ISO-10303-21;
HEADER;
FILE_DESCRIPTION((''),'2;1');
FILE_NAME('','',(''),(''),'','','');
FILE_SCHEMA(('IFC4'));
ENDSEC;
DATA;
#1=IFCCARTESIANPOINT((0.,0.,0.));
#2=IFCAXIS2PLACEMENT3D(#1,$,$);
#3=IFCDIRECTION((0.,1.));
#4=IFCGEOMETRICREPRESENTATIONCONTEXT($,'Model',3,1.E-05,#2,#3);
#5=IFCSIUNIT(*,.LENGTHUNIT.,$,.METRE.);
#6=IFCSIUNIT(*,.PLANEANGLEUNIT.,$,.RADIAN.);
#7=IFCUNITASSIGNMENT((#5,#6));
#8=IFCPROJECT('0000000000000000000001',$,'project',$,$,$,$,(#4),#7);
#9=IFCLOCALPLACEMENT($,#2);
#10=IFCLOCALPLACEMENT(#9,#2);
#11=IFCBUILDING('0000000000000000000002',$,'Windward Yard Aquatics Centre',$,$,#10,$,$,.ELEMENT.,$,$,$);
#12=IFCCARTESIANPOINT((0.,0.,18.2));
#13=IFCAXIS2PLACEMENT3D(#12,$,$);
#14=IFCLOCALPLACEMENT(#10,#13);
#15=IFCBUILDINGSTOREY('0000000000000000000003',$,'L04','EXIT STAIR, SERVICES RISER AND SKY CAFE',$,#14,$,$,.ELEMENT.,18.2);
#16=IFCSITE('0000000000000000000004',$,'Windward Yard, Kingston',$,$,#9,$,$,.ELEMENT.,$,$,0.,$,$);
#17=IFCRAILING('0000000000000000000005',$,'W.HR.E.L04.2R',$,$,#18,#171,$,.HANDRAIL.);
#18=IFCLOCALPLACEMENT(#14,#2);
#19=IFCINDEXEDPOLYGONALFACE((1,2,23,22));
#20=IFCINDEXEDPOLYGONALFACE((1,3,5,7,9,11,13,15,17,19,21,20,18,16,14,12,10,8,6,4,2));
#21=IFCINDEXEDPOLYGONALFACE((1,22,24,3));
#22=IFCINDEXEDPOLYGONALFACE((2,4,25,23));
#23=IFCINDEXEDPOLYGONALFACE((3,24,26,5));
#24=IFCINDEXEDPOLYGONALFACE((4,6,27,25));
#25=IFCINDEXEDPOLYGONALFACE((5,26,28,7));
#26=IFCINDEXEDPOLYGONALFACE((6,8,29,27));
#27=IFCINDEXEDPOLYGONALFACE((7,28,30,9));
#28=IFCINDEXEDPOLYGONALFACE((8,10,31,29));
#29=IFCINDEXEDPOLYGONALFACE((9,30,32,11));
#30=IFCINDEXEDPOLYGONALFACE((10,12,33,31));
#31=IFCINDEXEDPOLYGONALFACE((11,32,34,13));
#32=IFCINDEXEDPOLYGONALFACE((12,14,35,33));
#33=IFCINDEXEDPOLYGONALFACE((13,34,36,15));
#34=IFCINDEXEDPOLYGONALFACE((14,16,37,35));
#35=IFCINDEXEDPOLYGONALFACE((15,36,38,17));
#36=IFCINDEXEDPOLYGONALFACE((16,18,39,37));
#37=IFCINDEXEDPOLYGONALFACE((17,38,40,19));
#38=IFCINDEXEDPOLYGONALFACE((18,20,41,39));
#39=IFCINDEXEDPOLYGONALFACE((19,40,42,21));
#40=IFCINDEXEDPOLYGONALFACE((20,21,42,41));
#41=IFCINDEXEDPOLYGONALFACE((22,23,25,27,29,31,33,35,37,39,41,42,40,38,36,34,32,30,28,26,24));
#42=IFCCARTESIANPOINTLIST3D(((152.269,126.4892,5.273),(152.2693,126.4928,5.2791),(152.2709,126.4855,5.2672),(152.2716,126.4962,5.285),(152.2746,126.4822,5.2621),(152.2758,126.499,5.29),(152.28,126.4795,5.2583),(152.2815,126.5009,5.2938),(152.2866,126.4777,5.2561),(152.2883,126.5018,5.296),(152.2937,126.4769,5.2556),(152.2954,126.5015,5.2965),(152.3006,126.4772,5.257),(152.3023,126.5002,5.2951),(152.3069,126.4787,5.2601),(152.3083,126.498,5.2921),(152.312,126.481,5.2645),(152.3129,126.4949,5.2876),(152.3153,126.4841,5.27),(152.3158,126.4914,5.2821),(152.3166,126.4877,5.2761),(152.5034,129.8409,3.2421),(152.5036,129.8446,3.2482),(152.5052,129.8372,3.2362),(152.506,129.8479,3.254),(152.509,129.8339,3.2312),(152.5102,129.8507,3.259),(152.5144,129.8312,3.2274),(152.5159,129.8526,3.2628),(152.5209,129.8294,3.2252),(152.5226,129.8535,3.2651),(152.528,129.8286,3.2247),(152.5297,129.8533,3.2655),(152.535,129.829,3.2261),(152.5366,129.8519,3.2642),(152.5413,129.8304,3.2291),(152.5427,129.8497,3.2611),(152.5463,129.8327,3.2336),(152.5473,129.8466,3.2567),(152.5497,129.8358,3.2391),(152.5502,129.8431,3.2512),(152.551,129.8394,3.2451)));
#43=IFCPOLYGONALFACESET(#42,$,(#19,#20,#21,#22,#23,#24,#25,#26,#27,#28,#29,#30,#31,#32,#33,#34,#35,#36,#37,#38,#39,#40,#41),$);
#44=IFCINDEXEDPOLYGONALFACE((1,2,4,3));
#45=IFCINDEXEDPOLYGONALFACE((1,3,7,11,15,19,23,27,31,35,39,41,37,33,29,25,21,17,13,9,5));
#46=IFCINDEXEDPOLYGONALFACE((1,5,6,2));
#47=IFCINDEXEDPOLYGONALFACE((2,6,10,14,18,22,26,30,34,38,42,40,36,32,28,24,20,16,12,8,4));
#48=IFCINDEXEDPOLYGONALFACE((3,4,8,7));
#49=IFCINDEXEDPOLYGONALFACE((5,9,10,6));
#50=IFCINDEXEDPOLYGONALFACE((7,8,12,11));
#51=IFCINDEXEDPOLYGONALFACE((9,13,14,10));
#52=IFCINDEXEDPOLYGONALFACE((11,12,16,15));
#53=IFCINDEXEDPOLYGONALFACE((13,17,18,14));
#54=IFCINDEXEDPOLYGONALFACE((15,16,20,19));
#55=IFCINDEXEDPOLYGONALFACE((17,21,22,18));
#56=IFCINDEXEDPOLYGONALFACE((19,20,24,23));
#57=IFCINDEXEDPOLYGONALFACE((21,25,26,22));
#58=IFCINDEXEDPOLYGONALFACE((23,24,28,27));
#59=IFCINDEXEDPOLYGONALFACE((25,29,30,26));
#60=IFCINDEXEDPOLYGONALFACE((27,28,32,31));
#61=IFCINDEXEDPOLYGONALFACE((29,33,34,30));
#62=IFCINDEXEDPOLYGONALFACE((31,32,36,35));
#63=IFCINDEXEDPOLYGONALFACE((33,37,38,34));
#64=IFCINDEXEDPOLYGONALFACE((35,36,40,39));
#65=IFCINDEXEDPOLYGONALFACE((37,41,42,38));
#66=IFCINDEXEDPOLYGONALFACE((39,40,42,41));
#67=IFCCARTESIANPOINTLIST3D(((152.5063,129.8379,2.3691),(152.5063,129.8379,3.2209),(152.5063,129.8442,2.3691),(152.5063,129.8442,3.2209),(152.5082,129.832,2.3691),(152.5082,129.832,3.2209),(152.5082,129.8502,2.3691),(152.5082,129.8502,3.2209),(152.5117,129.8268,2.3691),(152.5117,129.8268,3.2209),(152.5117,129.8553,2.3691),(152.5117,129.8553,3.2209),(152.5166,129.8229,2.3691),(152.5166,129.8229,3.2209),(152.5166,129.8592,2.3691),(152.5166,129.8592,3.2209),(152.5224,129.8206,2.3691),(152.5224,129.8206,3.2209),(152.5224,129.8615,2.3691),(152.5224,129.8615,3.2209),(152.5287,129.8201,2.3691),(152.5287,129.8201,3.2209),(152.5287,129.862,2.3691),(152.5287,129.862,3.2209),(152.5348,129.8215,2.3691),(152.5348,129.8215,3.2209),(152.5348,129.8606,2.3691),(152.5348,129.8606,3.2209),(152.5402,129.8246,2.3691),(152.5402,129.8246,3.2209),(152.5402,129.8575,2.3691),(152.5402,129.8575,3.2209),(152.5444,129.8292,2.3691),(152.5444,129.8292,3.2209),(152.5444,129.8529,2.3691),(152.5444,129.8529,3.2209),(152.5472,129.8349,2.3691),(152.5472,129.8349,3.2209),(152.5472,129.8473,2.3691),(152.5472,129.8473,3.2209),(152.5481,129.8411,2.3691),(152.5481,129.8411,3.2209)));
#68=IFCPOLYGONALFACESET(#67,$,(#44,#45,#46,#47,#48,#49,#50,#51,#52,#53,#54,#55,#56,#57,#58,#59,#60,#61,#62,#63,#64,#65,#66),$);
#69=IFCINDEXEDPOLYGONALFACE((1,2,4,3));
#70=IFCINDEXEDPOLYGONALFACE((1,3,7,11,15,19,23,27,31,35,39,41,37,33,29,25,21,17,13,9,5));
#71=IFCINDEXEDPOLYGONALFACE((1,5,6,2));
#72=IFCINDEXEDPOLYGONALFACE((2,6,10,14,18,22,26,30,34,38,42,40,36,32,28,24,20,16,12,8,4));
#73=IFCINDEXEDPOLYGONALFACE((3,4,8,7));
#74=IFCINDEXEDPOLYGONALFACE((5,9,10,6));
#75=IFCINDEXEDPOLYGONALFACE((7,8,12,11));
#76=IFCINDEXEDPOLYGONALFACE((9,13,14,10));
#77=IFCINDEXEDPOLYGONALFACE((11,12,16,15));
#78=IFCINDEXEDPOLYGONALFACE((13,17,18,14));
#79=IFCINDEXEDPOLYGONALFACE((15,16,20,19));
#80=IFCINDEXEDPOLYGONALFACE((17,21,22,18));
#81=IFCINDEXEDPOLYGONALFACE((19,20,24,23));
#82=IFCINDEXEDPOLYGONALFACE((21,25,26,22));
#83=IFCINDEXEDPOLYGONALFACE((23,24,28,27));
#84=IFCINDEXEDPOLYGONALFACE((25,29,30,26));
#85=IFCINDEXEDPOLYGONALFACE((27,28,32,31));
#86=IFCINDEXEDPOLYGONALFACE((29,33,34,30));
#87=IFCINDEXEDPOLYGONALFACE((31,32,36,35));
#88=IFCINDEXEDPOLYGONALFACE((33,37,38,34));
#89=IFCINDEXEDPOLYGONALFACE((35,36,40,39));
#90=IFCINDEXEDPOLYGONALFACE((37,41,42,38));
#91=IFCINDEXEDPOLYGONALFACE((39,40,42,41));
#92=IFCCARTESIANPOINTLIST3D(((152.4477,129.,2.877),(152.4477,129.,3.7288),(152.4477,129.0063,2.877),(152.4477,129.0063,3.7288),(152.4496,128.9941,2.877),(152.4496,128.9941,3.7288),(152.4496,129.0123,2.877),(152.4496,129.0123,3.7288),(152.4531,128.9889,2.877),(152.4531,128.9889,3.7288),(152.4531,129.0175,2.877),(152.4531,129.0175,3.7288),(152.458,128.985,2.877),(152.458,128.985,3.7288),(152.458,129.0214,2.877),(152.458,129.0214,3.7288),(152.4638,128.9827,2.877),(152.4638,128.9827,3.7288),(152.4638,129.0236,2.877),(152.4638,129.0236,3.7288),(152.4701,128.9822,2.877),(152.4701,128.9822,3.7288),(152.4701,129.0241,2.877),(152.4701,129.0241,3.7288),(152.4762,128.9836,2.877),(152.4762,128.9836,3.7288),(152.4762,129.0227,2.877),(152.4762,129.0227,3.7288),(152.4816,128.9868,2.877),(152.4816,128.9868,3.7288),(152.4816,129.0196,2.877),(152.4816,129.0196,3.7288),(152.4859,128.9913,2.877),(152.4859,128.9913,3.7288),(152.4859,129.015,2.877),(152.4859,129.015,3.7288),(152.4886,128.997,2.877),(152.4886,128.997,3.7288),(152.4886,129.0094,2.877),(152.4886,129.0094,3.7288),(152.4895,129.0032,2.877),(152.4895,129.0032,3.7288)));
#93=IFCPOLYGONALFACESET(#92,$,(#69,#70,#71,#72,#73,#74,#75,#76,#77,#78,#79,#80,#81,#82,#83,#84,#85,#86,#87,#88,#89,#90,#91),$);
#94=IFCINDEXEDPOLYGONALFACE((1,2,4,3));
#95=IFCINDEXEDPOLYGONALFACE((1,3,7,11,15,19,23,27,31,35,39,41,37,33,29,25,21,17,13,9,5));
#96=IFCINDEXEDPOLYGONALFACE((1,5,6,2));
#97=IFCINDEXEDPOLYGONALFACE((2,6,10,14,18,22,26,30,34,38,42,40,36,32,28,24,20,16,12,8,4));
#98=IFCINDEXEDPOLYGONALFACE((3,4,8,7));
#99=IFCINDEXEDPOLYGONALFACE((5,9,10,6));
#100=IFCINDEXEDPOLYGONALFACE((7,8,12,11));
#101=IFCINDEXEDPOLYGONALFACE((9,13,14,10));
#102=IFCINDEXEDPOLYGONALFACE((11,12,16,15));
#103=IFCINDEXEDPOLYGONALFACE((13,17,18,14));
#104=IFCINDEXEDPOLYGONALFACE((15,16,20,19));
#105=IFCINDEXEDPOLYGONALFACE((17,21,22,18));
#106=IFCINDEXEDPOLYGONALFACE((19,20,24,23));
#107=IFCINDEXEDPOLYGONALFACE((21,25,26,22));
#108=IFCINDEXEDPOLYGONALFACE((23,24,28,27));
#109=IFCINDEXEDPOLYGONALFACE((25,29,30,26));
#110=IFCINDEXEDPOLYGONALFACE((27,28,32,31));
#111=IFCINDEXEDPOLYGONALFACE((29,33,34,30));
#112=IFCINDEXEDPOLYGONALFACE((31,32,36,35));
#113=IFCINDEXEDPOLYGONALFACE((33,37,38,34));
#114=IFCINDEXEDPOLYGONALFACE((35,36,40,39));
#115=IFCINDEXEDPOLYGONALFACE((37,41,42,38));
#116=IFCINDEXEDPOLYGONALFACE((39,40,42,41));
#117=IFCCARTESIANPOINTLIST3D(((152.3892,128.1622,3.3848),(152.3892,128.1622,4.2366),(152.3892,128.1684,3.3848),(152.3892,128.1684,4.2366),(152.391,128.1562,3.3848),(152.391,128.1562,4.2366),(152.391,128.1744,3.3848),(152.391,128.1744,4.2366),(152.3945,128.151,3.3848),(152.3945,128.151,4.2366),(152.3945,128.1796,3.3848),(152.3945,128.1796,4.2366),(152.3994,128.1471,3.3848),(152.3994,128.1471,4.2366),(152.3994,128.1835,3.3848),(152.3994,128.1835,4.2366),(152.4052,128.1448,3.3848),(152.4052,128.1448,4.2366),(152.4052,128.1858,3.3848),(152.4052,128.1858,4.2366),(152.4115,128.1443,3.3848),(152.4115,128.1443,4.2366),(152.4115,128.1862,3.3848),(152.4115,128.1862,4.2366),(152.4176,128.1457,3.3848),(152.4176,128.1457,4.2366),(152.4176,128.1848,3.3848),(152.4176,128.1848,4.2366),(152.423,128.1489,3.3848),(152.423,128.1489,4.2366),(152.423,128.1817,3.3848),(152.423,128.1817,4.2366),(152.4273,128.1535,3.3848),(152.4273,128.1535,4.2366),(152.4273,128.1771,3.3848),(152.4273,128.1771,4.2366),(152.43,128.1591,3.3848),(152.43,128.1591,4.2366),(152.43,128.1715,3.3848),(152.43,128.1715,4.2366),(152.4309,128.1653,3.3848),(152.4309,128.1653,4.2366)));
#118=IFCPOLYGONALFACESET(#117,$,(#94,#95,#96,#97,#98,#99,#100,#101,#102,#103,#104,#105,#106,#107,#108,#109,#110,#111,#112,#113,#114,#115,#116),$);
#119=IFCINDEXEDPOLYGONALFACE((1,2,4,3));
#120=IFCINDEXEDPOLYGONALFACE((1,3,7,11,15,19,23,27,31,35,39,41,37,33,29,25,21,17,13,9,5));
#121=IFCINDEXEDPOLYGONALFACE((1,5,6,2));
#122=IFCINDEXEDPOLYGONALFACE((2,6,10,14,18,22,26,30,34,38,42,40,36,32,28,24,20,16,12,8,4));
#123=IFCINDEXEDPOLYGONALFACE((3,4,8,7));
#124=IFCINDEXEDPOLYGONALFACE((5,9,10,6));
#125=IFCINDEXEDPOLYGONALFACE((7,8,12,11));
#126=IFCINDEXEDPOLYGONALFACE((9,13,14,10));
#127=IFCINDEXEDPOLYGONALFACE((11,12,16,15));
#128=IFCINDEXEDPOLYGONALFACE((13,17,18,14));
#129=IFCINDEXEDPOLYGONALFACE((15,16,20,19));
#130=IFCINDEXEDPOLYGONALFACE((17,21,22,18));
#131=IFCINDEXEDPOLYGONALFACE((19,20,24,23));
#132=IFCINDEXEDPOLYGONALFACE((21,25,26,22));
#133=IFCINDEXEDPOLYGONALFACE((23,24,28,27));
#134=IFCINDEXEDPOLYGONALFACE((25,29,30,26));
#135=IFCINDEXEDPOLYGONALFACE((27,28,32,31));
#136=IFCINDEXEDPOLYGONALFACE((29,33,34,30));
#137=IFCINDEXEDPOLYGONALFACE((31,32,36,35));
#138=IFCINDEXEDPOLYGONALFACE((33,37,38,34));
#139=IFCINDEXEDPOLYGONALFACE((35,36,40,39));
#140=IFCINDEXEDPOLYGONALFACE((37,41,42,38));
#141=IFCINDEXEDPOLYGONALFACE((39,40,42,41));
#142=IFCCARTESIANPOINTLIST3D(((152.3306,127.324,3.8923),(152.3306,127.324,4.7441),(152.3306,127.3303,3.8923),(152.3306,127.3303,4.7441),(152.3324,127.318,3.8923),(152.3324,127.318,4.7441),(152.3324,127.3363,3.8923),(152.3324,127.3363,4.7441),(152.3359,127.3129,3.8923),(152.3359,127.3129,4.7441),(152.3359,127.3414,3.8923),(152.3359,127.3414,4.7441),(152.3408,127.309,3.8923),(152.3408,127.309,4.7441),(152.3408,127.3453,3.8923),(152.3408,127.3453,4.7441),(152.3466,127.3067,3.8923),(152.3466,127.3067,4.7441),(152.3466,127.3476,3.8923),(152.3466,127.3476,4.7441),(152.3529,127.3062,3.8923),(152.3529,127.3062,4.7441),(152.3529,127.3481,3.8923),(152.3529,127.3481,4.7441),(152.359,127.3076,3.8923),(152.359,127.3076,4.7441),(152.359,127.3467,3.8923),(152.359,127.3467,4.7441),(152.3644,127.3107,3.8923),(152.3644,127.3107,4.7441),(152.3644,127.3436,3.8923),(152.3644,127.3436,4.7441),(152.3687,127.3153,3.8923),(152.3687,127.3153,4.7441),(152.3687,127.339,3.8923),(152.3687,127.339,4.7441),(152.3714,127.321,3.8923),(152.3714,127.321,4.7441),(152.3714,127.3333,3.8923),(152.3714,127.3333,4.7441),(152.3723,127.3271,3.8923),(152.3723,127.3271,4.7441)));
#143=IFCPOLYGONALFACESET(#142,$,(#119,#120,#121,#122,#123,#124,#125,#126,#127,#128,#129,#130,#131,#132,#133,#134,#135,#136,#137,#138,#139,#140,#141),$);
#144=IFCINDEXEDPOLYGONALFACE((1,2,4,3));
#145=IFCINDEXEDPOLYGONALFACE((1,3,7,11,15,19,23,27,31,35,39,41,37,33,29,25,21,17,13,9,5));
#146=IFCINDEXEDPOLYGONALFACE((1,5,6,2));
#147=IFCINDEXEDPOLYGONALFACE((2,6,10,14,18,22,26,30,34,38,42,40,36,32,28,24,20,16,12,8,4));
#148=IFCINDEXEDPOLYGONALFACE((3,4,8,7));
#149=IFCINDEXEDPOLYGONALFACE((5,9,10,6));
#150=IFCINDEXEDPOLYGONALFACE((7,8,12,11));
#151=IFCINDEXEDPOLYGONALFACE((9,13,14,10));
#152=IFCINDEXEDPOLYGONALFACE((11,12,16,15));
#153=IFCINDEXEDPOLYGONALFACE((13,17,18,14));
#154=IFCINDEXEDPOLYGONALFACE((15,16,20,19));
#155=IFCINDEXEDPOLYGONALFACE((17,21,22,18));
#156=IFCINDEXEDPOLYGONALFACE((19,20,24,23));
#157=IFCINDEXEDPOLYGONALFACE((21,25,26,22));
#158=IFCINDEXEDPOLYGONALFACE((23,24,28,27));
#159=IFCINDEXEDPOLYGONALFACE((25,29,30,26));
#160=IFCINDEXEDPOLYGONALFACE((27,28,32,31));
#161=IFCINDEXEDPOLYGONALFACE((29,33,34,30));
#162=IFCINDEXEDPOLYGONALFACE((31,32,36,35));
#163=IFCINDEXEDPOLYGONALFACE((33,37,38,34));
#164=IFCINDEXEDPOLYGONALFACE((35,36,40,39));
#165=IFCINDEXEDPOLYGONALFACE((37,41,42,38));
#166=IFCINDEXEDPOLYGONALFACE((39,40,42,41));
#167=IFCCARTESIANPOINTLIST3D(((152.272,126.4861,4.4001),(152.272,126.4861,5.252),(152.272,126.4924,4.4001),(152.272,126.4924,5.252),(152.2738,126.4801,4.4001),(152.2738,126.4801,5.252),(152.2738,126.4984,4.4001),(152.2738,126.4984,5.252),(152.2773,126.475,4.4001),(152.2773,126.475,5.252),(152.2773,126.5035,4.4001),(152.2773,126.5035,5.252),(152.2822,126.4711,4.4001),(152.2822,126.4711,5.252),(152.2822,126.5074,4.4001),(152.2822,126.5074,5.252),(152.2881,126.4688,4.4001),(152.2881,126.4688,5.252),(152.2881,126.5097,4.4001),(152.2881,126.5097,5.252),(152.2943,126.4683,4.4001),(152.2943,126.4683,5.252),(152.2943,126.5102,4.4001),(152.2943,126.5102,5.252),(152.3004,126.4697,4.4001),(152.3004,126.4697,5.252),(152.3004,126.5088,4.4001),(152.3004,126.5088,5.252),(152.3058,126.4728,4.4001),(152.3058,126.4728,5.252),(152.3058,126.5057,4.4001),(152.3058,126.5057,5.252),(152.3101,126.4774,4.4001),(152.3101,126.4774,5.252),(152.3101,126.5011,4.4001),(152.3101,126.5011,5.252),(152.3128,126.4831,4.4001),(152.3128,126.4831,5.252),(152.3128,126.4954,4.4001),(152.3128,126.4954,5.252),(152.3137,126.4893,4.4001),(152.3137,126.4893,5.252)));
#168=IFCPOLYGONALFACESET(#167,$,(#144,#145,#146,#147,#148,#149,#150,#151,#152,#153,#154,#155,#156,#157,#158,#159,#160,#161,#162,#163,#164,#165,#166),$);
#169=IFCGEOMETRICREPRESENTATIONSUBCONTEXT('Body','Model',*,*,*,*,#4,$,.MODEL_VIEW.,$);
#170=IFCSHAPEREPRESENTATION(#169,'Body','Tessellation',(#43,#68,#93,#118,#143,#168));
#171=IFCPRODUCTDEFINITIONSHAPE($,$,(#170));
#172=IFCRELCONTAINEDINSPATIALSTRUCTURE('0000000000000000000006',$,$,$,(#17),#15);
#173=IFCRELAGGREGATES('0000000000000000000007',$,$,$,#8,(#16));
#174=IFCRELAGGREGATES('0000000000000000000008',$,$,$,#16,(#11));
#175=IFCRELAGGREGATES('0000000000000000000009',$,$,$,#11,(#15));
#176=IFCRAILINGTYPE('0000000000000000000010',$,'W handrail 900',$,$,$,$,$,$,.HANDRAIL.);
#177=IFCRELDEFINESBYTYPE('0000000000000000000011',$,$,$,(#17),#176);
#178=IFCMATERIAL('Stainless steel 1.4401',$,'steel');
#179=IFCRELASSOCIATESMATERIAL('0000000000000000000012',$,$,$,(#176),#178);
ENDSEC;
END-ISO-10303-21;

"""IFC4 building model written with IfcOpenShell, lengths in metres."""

from ifc_helpers import new_model, si_unit, direction, frame, origin, origin_2d, place, context, subcontext, project, spatial, circle, extrude, material, type_object, element, save


model = new_model("IFC4")

# Units and contexts
model_context = context("Model", 3, precision=1e-05, world=origin(), true_north=direction((0.0, 1.0)))
body_context = subcontext(model_context, "Body", "Model", "MODEL_VIEW")
ifc_project = project(units=[si_unit("LENGTHUNIT", "METRE"), si_unit("PLANEANGLEUNIT", "RADIAN")], contexts=[model_context])

# Site, building, storey
site_placement = place(None, origin())
site = spatial("IfcSite", under=ifc_project, at=site_placement, Name="Windward Yard, Kingston", CompositionType="ELEMENT", RefElevation=0.0)
building_placement = place(site_placement, origin())
building = spatial("IfcBuilding", under=site, at=building_placement, Name="Windward Yard Aquatics Centre", CompositionType="ELEMENT")
storey_placement = place(building_placement, frame((0.0, 0.0, 18.2)))
storey = spatial("IfcBuildingStorey", under=building, at=storey_placement, Name="L04", Description="EXIT STAIR, SERVICES RISER AND SKY CAFE", CompositionType="ELEMENT", Elevation=18.2)

# Railing
ifc_material_1 = material(Name="Stainless steel 1.4401", Category="steel")
railing_type_1 = type_object("IfcRailingType", Name="W handrail 900", PredefinedType="HANDRAIL", material=ifc_material_1)
railing_1_placement = place(storey_placement, frame((152.5271, 129.8411, 2.3691)))
element("IfcRailing", 1, at=railing_1_placement, inside=storey, type_object=railing_type_1, Name="W.HR.E.L04.2R", PredefinedType="HANDRAIL", context=body_context, shape_type="SweptSolid", body=[
    extrude(circle(Radius=0.0239, at=origin_2d()), frame((0.0, 0.0, 0.876), z_axis=(-0.059696, -0.853717, 0.517304), x_axis=(0.997564, -0.069755, 0.0)), (0.0, 0.0, 1.0), 3.926),
    extrude(circle(Radius=0.021, at=origin_2d()), origin(), (0.0, 0.0, 1.0), 0.8518),
    extrude(circle(Radius=0.021, at=origin_2d()), frame((-0.0586, -0.8379, 0.5078)), (0.0, 0.0, 1.0), 0.8518),
    extrude(circle(Radius=0.021, at=origin_2d()), frame((-0.1172, -1.6758, 1.0156)), (0.0, 0.0, 1.0), 0.8518),
    extrude(circle(Radius=0.021, at=origin_2d()), frame((-0.1758, -2.5139, 1.5232)), (0.0, 0.0, 1.0), 0.8518),
    extrude(circle(Radius=0.021, at=origin_2d()), frame((-0.2344, -3.3518, 2.031)), (0.0, 0.0, 1.0), 0.8518),
])

save(model, "model.ifc")
